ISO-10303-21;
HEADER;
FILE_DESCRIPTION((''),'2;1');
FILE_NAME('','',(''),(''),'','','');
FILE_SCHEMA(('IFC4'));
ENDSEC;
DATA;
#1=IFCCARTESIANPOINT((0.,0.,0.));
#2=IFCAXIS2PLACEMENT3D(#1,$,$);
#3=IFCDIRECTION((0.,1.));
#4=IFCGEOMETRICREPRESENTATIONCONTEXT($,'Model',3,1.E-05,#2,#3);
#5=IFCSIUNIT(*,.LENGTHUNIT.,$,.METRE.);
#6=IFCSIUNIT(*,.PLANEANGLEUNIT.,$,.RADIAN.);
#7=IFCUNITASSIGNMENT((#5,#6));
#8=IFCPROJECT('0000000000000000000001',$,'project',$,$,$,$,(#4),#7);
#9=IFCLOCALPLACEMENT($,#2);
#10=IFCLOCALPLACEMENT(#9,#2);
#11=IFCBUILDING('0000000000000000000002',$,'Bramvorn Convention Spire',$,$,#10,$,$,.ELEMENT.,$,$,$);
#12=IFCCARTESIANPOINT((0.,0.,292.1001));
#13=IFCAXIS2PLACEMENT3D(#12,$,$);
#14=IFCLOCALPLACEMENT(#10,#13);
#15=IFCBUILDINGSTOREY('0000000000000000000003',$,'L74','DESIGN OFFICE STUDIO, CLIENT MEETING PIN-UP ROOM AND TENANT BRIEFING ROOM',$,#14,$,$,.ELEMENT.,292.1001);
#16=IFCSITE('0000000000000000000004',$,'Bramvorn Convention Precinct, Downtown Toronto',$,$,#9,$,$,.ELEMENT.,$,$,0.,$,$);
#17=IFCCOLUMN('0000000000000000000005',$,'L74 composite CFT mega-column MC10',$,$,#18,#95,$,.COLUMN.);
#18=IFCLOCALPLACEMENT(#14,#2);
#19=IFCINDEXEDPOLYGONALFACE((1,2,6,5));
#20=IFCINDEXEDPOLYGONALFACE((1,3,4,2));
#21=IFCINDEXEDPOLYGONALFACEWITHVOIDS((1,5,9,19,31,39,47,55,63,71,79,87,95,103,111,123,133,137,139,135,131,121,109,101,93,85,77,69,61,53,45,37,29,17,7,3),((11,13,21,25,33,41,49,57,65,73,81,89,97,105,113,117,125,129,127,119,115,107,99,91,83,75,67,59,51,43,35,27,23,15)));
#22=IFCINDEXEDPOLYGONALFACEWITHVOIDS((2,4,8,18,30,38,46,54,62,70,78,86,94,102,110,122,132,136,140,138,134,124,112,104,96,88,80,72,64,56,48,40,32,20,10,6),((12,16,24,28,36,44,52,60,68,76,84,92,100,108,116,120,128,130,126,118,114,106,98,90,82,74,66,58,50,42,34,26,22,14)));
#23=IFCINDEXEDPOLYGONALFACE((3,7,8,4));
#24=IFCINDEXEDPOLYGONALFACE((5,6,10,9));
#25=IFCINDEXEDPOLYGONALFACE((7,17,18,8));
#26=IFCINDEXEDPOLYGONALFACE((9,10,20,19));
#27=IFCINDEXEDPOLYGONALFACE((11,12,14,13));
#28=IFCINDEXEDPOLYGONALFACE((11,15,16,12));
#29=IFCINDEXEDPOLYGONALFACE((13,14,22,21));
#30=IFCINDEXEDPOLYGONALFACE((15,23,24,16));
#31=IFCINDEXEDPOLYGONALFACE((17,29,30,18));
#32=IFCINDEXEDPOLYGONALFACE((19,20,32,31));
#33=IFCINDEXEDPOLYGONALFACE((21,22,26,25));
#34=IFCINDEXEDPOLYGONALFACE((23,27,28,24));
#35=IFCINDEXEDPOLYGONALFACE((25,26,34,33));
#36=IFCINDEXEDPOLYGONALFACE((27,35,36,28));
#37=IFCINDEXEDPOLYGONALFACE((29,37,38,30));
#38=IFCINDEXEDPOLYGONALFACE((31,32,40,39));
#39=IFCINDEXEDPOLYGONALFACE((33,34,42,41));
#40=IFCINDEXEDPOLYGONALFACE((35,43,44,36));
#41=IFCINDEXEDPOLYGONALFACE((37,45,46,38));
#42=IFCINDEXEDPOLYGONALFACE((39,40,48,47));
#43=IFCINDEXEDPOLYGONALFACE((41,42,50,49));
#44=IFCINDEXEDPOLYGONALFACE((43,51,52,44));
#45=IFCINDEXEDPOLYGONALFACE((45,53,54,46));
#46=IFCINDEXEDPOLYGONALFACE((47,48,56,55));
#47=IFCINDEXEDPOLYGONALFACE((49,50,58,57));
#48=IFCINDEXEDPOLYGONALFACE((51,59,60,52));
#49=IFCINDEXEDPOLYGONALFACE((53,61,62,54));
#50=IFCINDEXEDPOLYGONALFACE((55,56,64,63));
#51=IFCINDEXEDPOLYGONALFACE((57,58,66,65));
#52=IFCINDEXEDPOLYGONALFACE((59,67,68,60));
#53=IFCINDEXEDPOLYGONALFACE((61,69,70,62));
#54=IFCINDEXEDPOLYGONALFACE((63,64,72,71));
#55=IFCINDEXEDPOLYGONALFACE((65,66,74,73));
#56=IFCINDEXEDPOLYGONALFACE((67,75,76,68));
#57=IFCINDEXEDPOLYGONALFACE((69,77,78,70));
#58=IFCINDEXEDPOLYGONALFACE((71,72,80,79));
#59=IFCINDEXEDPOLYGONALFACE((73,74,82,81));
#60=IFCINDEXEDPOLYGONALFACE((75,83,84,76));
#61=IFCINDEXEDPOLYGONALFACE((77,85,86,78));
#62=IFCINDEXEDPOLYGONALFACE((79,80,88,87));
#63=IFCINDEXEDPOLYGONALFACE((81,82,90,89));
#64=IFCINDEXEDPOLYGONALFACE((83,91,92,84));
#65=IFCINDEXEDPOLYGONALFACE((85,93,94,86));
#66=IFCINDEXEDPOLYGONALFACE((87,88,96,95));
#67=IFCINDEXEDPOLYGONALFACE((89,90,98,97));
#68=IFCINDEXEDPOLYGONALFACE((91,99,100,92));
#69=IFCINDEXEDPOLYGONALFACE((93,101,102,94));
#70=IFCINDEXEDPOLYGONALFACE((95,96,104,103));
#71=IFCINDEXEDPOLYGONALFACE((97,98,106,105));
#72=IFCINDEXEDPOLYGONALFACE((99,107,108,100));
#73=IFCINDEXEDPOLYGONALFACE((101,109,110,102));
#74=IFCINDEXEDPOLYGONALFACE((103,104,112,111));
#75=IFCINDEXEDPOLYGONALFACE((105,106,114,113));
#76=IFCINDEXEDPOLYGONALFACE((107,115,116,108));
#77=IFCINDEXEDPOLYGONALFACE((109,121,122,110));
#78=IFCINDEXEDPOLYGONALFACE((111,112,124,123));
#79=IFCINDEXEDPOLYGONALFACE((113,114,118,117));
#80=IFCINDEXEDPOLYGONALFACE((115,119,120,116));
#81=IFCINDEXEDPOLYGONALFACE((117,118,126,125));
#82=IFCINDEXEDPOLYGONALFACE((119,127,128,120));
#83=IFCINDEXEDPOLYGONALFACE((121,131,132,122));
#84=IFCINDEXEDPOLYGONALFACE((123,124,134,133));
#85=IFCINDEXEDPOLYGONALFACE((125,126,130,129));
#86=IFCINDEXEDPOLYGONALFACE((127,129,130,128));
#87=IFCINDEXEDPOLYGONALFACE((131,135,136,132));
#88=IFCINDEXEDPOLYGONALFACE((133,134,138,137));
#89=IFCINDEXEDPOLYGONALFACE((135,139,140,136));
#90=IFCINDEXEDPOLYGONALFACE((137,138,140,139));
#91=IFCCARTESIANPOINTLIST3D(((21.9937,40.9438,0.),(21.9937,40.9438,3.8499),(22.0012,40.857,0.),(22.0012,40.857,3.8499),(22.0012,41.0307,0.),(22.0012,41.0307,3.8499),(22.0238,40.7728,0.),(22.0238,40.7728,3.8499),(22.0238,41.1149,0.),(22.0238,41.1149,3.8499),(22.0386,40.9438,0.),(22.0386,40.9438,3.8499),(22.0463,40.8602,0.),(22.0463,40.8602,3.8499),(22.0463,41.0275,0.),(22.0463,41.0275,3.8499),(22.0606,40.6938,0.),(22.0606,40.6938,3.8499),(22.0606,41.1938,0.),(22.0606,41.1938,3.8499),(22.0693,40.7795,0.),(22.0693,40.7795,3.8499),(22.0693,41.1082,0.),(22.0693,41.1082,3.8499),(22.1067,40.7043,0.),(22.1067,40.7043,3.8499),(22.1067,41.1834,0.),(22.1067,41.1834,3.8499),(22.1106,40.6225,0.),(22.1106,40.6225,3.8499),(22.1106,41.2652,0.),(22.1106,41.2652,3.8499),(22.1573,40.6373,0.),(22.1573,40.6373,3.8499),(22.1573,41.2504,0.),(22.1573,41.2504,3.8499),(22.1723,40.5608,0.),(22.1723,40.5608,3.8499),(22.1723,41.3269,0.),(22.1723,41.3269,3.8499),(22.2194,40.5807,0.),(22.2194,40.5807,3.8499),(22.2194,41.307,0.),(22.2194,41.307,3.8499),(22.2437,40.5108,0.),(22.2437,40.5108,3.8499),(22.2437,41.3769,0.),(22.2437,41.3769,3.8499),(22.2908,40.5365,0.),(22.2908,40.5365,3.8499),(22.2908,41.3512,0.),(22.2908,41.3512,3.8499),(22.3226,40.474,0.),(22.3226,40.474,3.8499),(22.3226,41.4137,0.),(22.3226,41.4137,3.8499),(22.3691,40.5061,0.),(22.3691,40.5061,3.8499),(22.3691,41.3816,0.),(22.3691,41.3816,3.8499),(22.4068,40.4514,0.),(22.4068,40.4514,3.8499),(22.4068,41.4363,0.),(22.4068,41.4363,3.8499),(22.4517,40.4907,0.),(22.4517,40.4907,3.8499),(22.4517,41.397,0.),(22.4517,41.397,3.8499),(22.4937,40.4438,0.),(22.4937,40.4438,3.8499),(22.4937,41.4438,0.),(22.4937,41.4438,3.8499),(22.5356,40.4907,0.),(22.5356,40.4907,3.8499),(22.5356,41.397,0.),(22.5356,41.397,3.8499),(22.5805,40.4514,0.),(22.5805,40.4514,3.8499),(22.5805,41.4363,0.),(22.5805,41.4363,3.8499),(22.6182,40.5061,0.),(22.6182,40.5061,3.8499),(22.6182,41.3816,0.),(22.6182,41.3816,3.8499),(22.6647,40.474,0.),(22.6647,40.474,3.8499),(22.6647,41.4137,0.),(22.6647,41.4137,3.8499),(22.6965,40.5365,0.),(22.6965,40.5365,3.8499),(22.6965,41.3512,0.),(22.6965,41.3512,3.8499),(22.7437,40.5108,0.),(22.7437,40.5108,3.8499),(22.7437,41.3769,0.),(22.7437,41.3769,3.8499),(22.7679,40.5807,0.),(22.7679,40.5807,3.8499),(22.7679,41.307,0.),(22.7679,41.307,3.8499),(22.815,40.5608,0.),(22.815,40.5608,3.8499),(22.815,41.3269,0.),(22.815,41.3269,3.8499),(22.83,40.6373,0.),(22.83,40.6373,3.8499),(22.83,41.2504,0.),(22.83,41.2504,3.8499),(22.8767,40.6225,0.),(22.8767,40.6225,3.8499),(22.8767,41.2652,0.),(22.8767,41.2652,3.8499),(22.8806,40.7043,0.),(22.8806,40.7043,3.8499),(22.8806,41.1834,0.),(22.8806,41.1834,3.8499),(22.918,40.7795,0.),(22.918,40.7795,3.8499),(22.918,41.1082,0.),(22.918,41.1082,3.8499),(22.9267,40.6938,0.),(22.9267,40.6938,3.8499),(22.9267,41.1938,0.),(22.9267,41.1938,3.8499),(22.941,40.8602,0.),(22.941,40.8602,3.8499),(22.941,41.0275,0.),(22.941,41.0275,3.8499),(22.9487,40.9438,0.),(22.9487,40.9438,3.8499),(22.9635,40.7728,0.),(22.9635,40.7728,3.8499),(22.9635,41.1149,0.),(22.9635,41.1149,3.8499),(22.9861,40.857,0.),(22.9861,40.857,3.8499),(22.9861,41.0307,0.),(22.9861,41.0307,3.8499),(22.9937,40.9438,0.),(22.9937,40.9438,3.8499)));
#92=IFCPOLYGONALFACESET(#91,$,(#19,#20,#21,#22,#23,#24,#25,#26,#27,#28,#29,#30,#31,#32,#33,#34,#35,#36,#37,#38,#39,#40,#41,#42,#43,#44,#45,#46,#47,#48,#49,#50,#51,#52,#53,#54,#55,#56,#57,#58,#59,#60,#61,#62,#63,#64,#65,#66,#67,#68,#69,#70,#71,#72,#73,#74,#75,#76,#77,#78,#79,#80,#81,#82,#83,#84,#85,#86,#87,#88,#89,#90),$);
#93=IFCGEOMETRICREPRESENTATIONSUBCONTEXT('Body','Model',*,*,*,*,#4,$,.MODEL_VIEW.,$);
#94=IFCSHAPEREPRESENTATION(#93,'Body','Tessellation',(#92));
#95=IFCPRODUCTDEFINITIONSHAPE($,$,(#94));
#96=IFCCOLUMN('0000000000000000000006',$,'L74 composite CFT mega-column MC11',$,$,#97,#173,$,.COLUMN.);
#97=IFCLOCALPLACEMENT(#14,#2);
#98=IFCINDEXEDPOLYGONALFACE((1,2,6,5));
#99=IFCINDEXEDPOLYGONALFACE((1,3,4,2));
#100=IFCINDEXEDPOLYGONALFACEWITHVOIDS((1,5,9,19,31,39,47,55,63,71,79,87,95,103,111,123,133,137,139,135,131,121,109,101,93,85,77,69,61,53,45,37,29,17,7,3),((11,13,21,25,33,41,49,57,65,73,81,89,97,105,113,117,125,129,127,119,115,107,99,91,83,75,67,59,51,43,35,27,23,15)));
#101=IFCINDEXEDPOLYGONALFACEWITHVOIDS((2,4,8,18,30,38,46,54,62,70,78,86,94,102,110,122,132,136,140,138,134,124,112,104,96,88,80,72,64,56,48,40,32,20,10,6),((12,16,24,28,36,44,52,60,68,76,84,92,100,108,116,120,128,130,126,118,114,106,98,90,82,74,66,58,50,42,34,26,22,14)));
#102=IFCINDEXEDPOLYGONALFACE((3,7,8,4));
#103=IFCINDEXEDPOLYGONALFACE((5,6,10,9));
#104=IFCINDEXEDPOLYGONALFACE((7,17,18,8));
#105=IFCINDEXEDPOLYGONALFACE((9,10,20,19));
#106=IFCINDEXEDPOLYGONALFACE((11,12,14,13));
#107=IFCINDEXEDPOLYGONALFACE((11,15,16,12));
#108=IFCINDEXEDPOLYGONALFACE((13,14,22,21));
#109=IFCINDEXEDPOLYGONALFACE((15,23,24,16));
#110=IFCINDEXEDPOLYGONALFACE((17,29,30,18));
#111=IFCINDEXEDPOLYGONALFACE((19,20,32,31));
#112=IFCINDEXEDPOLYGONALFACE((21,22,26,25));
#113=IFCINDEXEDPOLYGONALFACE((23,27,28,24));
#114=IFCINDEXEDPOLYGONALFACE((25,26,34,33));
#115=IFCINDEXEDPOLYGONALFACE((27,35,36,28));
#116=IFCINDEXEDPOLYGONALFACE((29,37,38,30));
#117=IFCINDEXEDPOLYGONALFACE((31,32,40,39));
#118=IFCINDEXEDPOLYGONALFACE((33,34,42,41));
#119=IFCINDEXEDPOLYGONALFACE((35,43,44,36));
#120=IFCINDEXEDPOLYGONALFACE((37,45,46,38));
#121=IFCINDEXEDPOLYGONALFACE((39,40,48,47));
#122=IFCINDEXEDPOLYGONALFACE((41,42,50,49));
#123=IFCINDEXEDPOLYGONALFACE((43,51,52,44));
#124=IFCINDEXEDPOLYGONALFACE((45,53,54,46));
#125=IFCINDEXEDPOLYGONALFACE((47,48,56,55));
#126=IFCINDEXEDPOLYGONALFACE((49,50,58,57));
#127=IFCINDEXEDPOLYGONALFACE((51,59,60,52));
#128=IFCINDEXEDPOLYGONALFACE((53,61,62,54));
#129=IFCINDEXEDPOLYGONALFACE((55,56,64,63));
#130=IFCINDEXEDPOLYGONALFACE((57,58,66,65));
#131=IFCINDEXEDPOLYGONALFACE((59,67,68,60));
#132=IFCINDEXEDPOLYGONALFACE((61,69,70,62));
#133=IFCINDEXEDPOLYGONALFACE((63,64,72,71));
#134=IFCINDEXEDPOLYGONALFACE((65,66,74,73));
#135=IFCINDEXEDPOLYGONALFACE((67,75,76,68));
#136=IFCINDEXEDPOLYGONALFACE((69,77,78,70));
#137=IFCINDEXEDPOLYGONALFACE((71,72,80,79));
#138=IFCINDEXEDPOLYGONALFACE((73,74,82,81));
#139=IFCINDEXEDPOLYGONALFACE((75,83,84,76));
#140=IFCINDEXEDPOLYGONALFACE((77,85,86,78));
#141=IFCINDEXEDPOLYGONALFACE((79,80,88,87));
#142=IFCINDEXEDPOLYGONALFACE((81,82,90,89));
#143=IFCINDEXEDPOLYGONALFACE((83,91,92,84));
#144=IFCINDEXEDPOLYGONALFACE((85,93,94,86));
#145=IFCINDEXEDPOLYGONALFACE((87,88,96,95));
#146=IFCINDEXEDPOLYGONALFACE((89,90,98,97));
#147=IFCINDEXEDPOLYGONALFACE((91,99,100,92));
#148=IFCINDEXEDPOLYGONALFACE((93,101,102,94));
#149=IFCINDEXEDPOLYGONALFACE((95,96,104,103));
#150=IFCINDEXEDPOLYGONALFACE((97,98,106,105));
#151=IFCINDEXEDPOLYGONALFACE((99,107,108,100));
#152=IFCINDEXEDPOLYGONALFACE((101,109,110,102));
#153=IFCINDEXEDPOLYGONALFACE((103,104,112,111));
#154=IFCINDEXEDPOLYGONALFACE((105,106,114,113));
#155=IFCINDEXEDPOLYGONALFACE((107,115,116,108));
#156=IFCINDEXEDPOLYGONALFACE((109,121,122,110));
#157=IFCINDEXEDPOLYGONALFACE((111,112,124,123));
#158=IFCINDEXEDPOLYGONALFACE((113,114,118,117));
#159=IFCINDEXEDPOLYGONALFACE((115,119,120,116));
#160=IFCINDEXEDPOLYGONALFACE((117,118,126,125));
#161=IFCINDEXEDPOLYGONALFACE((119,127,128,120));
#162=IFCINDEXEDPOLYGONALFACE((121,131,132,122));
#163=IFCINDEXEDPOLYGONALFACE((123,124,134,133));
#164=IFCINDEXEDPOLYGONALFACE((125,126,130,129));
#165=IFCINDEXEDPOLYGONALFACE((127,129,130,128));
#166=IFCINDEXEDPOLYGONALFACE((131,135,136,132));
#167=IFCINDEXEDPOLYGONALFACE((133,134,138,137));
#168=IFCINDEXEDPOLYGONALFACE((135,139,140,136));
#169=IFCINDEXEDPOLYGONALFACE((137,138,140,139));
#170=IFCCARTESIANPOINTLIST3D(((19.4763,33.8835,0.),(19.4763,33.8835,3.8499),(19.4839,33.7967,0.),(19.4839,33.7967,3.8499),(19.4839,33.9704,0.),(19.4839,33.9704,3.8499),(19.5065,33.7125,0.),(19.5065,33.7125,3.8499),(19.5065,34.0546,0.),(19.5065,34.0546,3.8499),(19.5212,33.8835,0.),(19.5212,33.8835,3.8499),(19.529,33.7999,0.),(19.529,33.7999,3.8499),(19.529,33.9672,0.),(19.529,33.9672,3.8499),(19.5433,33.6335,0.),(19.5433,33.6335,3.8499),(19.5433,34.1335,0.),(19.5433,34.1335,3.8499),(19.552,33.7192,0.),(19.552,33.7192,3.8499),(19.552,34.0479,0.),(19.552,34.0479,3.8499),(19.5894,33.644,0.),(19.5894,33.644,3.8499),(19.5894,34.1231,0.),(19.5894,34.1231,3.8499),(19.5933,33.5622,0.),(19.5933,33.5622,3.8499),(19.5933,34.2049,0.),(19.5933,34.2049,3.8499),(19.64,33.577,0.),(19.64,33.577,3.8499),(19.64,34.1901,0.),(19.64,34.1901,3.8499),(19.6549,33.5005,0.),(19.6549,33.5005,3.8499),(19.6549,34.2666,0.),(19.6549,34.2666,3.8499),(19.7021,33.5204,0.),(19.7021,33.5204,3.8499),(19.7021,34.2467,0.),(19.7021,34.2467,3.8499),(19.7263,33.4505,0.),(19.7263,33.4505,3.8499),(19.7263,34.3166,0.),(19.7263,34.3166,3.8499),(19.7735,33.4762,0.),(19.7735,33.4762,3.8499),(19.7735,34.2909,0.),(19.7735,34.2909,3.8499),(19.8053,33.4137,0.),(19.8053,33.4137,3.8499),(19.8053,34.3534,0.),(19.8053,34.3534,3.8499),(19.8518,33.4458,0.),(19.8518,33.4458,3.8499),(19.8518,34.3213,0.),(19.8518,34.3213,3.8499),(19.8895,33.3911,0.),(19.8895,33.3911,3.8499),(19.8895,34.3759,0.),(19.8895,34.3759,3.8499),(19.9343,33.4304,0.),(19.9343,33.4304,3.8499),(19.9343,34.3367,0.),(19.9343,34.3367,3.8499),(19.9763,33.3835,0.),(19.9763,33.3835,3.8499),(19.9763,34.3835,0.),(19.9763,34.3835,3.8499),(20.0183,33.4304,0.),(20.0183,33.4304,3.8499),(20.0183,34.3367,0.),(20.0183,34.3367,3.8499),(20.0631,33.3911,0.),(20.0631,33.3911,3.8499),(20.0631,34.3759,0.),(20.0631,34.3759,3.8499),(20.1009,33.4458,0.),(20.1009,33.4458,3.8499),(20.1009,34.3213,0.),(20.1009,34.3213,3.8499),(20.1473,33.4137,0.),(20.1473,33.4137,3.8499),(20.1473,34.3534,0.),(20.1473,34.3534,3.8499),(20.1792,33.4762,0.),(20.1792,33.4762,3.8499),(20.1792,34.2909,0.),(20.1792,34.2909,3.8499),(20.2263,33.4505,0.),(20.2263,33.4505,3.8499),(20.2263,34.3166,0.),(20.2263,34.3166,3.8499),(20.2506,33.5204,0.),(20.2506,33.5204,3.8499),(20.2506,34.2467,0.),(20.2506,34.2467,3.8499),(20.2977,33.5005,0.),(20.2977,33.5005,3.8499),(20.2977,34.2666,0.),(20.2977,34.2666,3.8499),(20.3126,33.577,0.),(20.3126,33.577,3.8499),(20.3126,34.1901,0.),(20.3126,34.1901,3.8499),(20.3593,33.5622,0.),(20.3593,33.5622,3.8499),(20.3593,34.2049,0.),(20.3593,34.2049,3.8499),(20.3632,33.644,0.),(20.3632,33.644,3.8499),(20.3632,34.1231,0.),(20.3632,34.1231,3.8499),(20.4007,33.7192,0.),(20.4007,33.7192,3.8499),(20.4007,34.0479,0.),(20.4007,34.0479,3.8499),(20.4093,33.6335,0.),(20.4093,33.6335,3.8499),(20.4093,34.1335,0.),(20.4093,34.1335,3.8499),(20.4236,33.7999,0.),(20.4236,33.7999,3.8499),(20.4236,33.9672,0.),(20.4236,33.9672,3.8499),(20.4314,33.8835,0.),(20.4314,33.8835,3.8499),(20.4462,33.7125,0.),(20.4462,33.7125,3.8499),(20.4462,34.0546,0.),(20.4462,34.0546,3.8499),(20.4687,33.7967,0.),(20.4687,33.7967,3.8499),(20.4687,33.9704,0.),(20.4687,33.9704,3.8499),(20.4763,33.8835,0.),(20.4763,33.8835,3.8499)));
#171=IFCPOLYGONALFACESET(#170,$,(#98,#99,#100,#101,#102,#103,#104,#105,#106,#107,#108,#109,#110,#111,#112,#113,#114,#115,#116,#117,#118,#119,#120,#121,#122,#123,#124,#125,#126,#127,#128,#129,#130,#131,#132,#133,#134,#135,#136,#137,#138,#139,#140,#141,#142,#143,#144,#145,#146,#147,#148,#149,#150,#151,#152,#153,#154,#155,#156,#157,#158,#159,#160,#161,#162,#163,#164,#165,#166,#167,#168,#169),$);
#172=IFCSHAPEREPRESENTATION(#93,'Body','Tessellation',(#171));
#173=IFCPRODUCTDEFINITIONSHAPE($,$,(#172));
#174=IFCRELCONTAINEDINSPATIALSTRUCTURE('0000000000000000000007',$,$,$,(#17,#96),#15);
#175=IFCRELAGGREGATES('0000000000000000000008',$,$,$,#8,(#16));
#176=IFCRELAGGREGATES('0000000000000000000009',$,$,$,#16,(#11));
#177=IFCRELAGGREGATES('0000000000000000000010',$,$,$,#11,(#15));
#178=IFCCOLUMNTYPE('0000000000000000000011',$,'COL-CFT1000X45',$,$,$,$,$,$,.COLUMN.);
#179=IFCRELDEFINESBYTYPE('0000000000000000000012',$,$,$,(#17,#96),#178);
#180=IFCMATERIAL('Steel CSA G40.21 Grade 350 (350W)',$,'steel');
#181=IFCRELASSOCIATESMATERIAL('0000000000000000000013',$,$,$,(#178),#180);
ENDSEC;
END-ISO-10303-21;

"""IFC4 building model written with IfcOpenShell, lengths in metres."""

from ifc_helpers import new_model, si_unit, direction, frame, origin, origin_2d, place, context, subcontext, project, spatial, hollow_circle, extrude, material, material_profile, profile_set, type_object, element, save


model = new_model("IFC4")

# Units and contexts
model_context = context("Model", 3, precision=1e-05, world=origin(), true_north=direction((0.0, 1.0)))
body_context = subcontext(model_context, "Body", "Model", "MODEL_VIEW")
ifc_project = project(units=[si_unit("LENGTHUNIT", "METRE"), si_unit("PLANEANGLEUNIT", "RADIAN")], contexts=[model_context])

# Site, building, storey
site_placement = place(None, origin())
site = spatial("IfcSite", under=ifc_project, at=site_placement, Name="Bramvorn Convention Precinct, Downtown Toronto", CompositionType="ELEMENT", RefElevation=0.0)
building_placement = place(site_placement, origin())
building = spatial("IfcBuilding", under=site, at=building_placement, Name="Bramvorn Convention Spire", CompositionType="ELEMENT")
storey_placement = place(building_placement, frame((0.0, 0.0, 292.1001)))
storey = spatial("IfcBuildingStorey", under=building, at=storey_placement, Name="L74", Description="DESIGN OFFICE STUDIO, CLIENT MEETING PIN-UP ROOM AND TENANT BRIEFING ROOM", CompositionType="ELEMENT", Elevation=292.1001)

# Columns
ifc_material_1 = material(Name="Steel CSA G40.21 Grade 350 (350W)", Category="steel")
ifc_material_profile_1 = material_profile(ifc_material_1, hollow_circle(Radius=0.5, WallThickness=0.0449, at=origin_2d()))
ifc_profile_set_1 = profile_set([ifc_material_profile_1], Name="Steel CSA G40.21 Grade 350 (350W) - CFT1000X45")
column_type = type_object("IfcColumnType", Name="COL-CFT1000X45", PredefinedType="COLUMN", material=ifc_profile_set_1)
for number, where, z_axis, x_axis, name in (
    (1, (22.4937, 40.9438, 0.0), (0.0, 0.0, 1.0), (1.0, 0.0, 0.0), "L74 composite CFT mega-column MC10"),
    (2, (19.9763, 33.8835, 0.0), (0.0, 0.0, 1.0), (1.0, 0.0, 0.0), "L74 composite CFT mega-column MC11"),
):
    element("IfcColumn", number, at=place(storey_placement, frame(where, z_axis=z_axis, x_axis=x_axis)), inside=storey, type_object=column_type, Name=name, PredefinedType="COLUMN", context=body_context, shape_type="SweptSolid", body=[
        extrude(hollow_circle(Radius=0.5, WallThickness=0.0449, at=origin_2d()), origin(), (0.0, 0.0, 1.0), 3.8499),
    ])

save(model, "model.ifc")
